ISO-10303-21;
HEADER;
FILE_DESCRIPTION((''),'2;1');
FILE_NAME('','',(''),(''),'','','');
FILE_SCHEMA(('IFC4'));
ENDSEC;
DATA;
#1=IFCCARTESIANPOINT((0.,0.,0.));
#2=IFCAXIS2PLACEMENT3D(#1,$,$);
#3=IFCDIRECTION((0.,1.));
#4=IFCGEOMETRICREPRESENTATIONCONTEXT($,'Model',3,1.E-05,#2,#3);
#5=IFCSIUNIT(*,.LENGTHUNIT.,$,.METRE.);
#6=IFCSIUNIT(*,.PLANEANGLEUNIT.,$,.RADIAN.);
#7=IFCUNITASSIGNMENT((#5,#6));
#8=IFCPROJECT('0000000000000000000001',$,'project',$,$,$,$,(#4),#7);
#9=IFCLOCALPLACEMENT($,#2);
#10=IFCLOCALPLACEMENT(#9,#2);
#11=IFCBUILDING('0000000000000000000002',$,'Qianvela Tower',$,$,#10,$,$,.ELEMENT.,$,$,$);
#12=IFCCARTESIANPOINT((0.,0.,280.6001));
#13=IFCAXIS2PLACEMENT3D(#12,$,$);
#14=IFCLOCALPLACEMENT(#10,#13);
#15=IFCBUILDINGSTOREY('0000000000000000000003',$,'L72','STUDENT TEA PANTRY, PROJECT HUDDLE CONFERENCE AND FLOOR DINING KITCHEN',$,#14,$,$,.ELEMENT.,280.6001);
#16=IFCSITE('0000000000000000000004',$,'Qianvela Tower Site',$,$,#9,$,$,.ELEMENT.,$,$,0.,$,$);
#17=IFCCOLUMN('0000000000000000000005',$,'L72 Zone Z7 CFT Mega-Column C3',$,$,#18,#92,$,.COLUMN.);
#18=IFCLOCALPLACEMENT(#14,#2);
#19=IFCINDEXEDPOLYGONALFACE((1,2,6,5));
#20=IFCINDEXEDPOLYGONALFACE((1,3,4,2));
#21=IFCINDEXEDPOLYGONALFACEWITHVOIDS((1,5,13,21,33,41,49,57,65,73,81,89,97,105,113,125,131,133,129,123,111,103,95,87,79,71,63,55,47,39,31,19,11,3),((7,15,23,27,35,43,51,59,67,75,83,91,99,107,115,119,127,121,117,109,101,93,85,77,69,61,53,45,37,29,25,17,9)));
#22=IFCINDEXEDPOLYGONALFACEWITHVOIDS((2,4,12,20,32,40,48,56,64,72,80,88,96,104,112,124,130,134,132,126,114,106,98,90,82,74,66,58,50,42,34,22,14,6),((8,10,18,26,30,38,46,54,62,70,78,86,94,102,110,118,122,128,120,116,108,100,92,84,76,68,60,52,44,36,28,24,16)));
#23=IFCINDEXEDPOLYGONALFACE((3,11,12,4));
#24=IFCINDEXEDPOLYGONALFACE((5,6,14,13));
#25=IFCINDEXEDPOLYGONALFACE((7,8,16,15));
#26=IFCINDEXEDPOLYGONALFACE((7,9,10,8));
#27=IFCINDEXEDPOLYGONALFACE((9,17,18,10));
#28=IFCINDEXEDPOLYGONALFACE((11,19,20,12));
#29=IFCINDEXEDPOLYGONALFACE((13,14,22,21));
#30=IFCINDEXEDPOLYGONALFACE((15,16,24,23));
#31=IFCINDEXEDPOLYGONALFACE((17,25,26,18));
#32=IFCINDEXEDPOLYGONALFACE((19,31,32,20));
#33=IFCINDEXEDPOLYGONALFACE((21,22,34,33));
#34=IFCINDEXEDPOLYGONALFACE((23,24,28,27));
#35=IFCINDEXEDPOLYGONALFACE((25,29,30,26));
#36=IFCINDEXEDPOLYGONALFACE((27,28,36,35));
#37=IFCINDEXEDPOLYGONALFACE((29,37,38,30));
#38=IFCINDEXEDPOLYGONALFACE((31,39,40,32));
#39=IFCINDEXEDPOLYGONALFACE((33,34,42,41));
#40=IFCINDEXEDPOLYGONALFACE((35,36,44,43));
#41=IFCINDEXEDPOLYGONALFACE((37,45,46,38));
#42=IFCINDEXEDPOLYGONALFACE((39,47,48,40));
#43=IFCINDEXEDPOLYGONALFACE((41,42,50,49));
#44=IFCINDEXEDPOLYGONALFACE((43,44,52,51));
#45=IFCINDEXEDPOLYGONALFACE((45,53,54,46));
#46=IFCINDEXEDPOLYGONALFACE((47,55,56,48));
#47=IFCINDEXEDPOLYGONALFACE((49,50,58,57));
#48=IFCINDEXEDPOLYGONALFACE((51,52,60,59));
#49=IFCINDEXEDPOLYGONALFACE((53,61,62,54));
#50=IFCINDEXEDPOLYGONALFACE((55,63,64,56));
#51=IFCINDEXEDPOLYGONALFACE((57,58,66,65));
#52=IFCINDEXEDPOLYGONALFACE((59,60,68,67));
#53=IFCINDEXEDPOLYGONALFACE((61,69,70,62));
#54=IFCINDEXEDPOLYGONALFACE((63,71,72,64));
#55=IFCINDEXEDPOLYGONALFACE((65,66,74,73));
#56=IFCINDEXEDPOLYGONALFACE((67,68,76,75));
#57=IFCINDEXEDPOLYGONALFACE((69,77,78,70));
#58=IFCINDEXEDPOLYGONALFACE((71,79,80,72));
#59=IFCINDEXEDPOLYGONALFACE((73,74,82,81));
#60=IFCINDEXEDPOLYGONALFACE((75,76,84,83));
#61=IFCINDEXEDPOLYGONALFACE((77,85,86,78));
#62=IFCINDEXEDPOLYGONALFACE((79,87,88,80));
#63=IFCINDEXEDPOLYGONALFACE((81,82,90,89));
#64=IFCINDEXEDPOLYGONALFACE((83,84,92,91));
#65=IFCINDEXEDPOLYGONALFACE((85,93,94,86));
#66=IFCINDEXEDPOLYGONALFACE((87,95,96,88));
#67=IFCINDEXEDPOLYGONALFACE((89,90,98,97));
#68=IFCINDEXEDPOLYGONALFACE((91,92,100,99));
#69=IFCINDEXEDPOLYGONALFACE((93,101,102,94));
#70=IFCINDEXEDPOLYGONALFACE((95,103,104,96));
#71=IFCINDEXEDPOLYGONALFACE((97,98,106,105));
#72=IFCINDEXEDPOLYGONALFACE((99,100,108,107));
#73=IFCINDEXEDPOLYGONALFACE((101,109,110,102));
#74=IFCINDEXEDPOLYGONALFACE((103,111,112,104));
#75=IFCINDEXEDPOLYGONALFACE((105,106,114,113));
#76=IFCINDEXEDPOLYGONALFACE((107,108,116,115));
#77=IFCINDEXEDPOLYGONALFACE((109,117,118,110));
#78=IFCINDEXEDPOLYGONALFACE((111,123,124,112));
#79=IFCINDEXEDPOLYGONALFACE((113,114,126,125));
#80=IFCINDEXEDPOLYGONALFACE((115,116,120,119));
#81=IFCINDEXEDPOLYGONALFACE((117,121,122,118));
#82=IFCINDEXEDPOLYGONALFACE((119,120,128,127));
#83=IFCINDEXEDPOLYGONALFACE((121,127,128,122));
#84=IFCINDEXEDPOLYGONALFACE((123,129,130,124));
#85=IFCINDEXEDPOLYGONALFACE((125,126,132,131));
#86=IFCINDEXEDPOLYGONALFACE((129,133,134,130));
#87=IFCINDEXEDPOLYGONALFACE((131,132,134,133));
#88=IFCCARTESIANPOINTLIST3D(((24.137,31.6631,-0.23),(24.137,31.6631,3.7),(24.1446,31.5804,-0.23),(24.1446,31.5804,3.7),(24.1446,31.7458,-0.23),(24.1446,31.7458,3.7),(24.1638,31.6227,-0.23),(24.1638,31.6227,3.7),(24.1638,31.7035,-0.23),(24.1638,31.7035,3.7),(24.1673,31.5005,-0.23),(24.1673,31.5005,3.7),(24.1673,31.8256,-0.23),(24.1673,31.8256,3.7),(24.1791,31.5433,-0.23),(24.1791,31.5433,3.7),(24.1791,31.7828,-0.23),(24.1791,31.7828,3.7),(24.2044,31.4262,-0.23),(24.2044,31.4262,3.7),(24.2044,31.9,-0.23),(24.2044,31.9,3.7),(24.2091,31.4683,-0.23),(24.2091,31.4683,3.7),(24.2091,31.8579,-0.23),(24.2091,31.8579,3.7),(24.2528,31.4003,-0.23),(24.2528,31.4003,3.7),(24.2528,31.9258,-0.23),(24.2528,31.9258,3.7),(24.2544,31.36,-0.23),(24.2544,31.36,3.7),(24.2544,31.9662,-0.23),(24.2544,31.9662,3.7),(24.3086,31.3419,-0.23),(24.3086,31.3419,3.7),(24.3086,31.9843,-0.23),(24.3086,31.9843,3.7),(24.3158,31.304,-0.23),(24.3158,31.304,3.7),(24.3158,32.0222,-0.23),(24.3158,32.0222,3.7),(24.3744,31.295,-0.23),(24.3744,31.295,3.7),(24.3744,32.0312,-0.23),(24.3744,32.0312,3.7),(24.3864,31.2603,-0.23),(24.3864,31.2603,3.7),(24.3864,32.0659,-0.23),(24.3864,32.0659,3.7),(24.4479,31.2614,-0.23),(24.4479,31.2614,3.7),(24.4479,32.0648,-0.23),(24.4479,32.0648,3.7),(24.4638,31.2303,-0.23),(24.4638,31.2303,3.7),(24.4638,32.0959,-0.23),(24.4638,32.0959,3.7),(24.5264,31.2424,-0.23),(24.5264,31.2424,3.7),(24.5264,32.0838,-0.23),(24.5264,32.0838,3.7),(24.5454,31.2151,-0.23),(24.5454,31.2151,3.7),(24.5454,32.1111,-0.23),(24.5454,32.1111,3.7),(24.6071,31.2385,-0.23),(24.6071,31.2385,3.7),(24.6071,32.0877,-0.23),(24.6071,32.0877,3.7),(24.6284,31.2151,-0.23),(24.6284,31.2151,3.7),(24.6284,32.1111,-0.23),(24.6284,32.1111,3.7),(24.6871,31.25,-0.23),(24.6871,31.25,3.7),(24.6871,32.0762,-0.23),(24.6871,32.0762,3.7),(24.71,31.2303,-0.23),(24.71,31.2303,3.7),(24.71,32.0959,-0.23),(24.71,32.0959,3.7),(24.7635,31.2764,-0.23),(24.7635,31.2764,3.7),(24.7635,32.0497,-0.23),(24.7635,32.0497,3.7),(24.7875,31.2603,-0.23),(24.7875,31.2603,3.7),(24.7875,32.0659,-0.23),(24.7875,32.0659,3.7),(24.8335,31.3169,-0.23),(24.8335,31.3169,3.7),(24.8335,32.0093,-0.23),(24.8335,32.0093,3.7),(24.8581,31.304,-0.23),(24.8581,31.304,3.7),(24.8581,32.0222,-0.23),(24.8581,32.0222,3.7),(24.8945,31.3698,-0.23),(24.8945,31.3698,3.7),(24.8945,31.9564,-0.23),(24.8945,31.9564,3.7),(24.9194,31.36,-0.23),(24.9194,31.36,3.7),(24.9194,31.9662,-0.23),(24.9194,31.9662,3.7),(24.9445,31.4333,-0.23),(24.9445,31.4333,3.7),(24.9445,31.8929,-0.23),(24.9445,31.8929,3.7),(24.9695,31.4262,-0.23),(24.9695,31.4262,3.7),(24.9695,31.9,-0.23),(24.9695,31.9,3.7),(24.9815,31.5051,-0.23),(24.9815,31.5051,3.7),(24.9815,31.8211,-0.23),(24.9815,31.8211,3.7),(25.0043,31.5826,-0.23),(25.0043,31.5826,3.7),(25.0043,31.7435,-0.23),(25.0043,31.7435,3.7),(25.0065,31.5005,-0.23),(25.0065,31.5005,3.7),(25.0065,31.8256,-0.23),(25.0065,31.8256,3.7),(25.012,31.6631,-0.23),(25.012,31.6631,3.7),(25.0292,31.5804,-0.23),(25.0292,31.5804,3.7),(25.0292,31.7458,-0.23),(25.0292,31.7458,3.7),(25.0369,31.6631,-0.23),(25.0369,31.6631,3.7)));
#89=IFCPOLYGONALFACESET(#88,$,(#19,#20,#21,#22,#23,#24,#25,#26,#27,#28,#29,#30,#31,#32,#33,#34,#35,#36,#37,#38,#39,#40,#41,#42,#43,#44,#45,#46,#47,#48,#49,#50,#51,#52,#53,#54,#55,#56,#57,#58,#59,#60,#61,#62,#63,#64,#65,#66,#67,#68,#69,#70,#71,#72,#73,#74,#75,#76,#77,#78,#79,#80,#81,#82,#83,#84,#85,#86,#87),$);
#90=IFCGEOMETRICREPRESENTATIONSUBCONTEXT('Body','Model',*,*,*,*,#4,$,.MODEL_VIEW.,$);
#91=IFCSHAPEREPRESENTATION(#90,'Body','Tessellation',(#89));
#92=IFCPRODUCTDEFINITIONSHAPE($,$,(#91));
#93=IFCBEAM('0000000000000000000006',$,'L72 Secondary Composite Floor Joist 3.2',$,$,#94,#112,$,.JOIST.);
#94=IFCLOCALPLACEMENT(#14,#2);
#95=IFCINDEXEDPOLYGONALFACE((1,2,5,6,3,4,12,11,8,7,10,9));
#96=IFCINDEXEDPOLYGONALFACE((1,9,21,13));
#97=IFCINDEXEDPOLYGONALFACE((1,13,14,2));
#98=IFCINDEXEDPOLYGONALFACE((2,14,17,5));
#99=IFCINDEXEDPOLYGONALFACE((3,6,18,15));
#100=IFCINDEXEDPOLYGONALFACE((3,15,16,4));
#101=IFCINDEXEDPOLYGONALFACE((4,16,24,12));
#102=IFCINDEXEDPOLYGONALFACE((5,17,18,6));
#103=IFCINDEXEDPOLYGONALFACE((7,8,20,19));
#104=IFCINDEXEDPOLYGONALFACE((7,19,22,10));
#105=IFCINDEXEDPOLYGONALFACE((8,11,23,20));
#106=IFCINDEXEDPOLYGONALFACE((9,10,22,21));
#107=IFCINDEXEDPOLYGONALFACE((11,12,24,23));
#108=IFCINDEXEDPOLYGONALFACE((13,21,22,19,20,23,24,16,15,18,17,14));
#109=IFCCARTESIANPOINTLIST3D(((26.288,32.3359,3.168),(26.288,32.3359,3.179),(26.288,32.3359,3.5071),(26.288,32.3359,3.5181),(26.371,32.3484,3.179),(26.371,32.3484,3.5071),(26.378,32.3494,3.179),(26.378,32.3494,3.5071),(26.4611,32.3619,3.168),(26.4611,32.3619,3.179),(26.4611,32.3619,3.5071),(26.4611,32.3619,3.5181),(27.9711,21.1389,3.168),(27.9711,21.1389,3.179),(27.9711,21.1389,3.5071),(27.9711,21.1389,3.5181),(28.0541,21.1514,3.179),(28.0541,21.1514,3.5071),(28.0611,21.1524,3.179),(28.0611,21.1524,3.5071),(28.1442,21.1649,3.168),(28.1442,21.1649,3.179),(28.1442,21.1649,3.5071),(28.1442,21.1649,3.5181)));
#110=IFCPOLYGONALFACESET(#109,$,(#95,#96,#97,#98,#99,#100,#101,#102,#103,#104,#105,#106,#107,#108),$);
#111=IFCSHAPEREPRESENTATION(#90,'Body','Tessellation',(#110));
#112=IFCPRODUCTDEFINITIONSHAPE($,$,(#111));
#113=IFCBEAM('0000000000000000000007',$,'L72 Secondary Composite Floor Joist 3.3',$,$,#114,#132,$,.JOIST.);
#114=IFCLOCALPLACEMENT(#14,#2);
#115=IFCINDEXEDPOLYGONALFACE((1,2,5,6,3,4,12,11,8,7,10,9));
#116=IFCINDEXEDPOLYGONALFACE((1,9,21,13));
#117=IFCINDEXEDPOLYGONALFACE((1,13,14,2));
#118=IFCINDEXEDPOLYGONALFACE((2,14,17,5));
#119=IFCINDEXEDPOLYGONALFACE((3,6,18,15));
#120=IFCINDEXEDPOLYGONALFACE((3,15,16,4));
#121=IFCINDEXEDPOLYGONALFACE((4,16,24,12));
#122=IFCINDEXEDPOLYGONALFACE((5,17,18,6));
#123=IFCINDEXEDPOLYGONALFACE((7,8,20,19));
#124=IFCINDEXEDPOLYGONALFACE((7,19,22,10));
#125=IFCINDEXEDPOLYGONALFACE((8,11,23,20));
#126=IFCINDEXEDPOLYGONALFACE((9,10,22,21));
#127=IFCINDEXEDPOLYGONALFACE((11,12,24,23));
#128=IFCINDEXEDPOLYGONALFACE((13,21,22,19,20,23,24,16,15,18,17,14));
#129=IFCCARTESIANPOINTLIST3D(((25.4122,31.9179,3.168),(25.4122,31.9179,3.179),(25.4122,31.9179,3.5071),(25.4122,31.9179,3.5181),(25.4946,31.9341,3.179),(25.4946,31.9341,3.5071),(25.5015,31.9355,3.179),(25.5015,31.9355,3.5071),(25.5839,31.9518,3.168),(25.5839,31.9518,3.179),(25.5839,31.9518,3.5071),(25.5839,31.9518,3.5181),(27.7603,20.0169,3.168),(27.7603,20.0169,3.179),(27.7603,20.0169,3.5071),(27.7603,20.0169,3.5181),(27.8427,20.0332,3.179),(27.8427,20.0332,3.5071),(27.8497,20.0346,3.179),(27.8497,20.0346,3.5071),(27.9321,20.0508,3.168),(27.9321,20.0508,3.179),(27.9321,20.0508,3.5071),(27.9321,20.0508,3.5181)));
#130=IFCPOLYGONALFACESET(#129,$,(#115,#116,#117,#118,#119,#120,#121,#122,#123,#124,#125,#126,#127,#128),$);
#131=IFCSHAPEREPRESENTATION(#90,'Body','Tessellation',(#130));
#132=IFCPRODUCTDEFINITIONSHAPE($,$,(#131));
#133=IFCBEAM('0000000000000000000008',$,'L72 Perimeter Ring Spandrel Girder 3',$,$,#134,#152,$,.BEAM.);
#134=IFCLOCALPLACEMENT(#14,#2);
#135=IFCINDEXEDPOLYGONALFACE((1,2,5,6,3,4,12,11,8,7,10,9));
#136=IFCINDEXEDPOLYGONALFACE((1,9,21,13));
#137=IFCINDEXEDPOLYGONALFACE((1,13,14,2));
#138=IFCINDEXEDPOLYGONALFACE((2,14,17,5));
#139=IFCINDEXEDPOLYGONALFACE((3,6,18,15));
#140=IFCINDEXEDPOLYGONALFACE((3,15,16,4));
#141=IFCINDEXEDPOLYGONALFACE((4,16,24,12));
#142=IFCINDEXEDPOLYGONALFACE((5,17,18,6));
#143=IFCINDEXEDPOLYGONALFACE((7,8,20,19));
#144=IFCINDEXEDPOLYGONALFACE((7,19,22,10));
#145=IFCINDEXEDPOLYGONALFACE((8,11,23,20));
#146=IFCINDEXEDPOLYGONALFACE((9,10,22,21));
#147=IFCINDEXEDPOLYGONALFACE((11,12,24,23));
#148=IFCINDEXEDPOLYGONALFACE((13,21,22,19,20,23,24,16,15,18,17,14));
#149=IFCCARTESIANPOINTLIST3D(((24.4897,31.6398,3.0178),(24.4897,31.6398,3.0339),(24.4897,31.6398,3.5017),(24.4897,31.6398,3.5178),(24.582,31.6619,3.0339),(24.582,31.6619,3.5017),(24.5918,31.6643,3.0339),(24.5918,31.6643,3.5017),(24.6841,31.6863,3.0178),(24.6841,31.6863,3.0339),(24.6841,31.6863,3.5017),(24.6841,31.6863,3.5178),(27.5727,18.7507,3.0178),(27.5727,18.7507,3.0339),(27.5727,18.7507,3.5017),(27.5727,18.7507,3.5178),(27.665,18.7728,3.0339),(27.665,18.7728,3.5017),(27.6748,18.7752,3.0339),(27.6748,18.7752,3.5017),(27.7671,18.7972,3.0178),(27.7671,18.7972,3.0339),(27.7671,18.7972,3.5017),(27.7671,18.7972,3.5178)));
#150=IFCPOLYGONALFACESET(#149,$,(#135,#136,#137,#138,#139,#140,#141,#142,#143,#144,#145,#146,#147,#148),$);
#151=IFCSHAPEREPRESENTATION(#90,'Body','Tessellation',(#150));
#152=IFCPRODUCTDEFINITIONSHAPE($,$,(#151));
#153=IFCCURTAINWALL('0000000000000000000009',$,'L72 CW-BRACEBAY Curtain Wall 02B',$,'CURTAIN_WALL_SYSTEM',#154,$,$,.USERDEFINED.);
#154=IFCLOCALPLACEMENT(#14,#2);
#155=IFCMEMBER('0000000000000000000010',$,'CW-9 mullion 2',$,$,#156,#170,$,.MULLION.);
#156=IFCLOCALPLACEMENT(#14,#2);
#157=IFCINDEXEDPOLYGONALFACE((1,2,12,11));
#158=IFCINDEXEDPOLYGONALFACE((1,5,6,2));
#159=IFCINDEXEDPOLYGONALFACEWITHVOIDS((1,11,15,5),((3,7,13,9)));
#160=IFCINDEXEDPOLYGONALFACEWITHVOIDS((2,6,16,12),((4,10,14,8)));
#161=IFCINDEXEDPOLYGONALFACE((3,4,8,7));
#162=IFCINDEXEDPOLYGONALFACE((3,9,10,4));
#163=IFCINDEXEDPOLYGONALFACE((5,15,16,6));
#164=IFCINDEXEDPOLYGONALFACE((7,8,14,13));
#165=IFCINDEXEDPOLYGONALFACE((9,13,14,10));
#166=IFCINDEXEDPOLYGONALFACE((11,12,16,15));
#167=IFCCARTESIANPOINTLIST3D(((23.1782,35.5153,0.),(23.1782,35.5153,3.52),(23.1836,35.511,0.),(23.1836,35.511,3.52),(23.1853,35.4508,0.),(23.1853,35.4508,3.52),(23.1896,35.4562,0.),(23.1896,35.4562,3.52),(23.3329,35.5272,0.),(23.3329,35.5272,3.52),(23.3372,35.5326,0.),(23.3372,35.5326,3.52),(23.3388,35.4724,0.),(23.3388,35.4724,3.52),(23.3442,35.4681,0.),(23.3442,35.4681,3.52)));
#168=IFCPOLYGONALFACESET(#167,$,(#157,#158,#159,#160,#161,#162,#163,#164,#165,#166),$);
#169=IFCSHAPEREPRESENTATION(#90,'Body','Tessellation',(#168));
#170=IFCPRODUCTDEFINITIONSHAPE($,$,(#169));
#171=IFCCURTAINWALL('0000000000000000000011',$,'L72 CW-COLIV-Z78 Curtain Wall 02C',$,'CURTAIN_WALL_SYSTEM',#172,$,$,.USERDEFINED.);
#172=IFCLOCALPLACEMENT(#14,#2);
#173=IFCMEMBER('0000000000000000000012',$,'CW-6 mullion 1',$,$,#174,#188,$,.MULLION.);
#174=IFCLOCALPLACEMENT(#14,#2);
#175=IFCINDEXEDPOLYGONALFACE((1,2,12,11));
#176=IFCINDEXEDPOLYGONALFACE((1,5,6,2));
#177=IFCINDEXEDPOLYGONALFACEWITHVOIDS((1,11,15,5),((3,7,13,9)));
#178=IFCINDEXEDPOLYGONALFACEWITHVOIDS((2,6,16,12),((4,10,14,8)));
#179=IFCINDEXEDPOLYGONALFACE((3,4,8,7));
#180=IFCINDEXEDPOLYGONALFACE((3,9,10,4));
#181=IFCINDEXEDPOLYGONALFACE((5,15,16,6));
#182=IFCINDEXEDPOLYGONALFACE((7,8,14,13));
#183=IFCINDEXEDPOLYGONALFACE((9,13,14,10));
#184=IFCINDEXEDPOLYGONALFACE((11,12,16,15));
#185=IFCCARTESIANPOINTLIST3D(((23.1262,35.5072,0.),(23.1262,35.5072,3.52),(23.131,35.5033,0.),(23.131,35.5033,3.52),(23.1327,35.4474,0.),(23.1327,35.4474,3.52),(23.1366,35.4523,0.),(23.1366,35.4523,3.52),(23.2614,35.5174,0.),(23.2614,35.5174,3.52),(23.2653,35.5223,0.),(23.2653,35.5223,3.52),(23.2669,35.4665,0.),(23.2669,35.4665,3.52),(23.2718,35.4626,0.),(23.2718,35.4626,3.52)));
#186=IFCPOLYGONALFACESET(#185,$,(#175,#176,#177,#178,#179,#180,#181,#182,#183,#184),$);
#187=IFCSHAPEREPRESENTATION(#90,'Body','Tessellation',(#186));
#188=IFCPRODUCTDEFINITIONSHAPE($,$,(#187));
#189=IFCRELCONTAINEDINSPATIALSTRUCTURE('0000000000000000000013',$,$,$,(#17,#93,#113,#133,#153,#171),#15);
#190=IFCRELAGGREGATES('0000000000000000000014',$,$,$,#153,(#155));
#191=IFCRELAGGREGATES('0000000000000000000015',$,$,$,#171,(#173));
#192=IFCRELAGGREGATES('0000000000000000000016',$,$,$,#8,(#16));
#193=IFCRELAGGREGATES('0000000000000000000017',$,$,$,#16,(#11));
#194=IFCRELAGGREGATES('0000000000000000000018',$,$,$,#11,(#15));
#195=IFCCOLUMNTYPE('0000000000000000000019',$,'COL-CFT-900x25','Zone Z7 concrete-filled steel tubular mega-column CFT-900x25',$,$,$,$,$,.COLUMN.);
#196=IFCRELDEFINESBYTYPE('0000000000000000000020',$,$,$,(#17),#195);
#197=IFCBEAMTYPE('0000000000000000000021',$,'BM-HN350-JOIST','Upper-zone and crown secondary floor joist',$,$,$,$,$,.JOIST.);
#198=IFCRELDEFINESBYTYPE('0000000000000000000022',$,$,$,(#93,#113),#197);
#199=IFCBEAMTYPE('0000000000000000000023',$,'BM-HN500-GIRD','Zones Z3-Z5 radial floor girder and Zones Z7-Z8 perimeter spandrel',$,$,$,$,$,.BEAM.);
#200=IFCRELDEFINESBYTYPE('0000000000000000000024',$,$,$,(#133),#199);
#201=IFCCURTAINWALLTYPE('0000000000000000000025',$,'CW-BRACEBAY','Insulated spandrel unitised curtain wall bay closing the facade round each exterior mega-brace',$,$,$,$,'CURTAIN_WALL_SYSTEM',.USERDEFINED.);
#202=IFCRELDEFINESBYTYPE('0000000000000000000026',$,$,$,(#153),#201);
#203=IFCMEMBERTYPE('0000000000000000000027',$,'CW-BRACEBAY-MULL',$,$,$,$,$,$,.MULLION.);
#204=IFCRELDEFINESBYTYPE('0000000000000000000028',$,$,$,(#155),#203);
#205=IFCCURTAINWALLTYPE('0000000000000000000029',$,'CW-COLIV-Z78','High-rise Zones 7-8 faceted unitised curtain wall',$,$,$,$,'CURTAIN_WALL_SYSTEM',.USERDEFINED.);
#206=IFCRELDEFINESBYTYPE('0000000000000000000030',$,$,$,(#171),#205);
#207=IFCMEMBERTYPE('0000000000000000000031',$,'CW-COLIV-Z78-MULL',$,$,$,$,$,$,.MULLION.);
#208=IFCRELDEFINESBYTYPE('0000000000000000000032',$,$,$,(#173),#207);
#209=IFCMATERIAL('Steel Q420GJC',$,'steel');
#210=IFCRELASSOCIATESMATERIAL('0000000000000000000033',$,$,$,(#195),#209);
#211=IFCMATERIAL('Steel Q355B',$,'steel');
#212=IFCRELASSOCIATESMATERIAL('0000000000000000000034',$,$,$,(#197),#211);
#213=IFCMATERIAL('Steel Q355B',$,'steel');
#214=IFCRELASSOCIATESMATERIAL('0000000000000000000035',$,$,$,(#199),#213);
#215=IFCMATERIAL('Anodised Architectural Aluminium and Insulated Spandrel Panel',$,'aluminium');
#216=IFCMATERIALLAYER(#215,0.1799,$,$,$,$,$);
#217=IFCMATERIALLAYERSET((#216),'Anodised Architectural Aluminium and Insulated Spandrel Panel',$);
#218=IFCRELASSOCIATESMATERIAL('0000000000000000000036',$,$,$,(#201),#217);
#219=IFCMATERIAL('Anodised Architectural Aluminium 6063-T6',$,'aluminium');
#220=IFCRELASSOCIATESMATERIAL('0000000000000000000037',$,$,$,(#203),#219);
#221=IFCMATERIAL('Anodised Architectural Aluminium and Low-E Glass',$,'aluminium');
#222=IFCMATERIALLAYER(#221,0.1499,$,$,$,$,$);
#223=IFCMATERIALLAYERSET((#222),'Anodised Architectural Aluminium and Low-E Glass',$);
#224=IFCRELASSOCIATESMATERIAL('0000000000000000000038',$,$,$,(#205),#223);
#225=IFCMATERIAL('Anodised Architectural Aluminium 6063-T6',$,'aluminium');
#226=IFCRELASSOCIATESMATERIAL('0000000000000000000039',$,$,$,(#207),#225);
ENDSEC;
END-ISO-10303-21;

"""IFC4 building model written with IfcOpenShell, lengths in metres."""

from ifc_helpers import new_model, si_unit, direction, frame, origin, origin_2d, place, context, subcontext, project, spatial, hollow_rectangle, hollow_circle, i_section, extrude, material, layer, layer_set, material_profile, profile_set, type_object, element, aggregate, save


model = new_model("IFC4")

# Units and contexts
model_context = context("Model", 3, precision=1e-05, world=origin(), true_north=direction((0.0, 1.0)))
body_context = subcontext(model_context, "Body", "Model", "MODEL_VIEW")
ifc_project = project(units=[si_unit("LENGTHUNIT", "METRE"), si_unit("PLANEANGLEUNIT", "RADIAN")], contexts=[model_context])

# Site, building, storey
site_placement = place(None, origin())
site = spatial("IfcSite", under=ifc_project, at=site_placement, Name="Qianvela Tower Site", CompositionType="ELEMENT", RefElevation=0.0)
building_placement = place(site_placement, origin())
building = spatial("IfcBuilding", under=site, at=building_placement, Name="Qianvela Tower", CompositionType="ELEMENT")
storey_placement = place(building_placement, frame((0.0, 0.0, 280.6001)))
storey = spatial("IfcBuildingStorey", under=building, at=storey_placement, Name="L72", Description="STUDENT TEA PANTRY, PROJECT HUDDLE CONFERENCE AND FLOOR DINING KITCHEN", CompositionType="ELEMENT", Elevation=280.6001)

# Column
ifc_material_1 = material(Name="Steel Q420GJC", Category="steel")
ifc_material_profile_1 = material_profile(ifc_material_1, hollow_circle(Radius=0.45, WallThickness=0.0249, at=origin_2d()), Name="CFT-900x25")
ifc_profile_set_1 = profile_set([ifc_material_profile_1], Name="Steel Q420GJC")
column_type = type_object("IfcColumnType", Name="COL-CFT-900x25", Description="Zone Z7 concrete-filled steel tubular mega-column CFT-900x25", PredefinedType="COLUMN", material=ifc_profile_set_1)
column_placement = place(storey_placement, frame((24.5869, 31.6631, -0.23), z_axis=(0.0, 0.0, 1.0), x_axis=(1.0, 0.0, 0.0)))
element("IfcColumn", 1, at=column_placement, inside=storey, type_object=column_type, Name="L72 Zone Z7 CFT Mega-Column C3", PredefinedType="COLUMN", context=body_context, shape_type="SweptSolid", body=[
    extrude(hollow_circle(Radius=0.45, WallThickness=0.0249, at=origin_2d()), origin(), (0.0, 0.0, 1.0), 3.9299),
])

# Beams
ifc_material_2 = material(Name="Steel Q355B", Category="steel")
ifc_material_profile_2 = material_profile(ifc_material_2, i_section(OverallWidth=0.175, OverallDepth=0.3501, WebThickness=0.0071, FlangeThickness=0.011, at=origin_2d()), Name="HN350x175x7x11")
ifc_profile_set_2 = profile_set([ifc_material_profile_2], Name="Steel Q355B")
beam_type_1 = type_object("IfcBeamType", Name="BM-HN350-JOIST", Description="Upper-zone and crown secondary floor joist", PredefinedType="JOIST", material=ifc_profile_set_2)
beam_1_placement = place(storey_placement, frame((26.3745, 32.3489, 3.343), z_axis=(0.148647, -0.98889, 0.0), x_axis=(0.98889, 0.148647, 0.0)))
element("IfcBeam", 2, at=beam_1_placement, inside=storey, type_object=beam_type_1, Name="L72 Secondary Composite Floor Joist 3.2", PredefinedType="JOIST", context=body_context, shape_type="SweptSolid", body=[
    extrude(i_section(OverallWidth=0.175, OverallDepth=0.3501, WebThickness=0.0071, FlangeThickness=0.011, at=origin_2d()), origin(), (0.0, 0.0, 1.0), 11.3228),
])
beam_2_placement = place(storey_placement, frame((25.498, 31.9348, 3.343), z_axis=(0.193576, -0.981085, 0.0), x_axis=(0.981085, 0.193576, 0.0)))
element("IfcBeam", 3, at=beam_2_placement, inside=storey, type_object=beam_type_1, Name="L72 Secondary Composite Floor Joist 3.3", PredefinedType="JOIST", context=body_context, shape_type="SweptSolid", body=[
    extrude(i_section(OverallWidth=0.175, OverallDepth=0.3501, WebThickness=0.0071, FlangeThickness=0.011, at=origin_2d()), origin(), (0.0, 0.0, 1.0), 12.1304),
])
ifc_material_3 = material(Name="Steel Q355B", Category="steel")
ifc_material_profile_3 = material_profile(ifc_material_3, i_section(OverallWidth=0.2, OverallDepth=0.5, WebThickness=0.01, FlangeThickness=0.0161, at=origin_2d()), Name="HN500x200x10x16")
ifc_profile_set_3 = profile_set([ifc_material_profile_3], Name="Steel Q355B")
beam_type_2 = type_object("IfcBeamType", Name="BM-HN500-GIRD", Description="Zones Z3-Z5 radial floor girder and Zones Z7-Z8 perimeter spandrel", PredefinedType="BEAM", material=ifc_profile_set_3)
beam_3_placement = place(storey_placement, frame((24.5869, 31.6631, 3.2678), z_axis=(0.232632, -0.972565, 0.0), x_axis=(0.972565, 0.232632, 0.0)))
element("IfcBeam", 4, at=beam_3_placement, inside=storey, type_object=beam_type_2, Name="L72 Perimeter Ring Spandrel Girder 3", PredefinedType="BEAM", context=body_context, shape_type="SweptSolid", body=[
    extrude(i_section(OverallWidth=0.2, OverallDepth=0.5, WebThickness=0.01, FlangeThickness=0.0161, at=origin_2d()), origin(), (0.0, 0.0, 1.0), 13.2527),
])

# Curtain wall, member
ifc_material_4 = material(Name="Anodised Architectural Aluminium and Insulated Spandrel Panel", Category="aluminium")
ifc_layer_1 = layer(ifc_material_4, 0.1799)
ifc_layer_set_1 = layer_set([ifc_layer_1], Name="Anodised Architectural Aluminium and Insulated Spandrel Panel")
curtain_wall_type_1 = type_object("IfcCurtainWallType", Name="CW-BRACEBAY", Description="Insulated spandrel unitised curtain wall bay closing the facade round each exterior mega-brace", ElementType="CURTAIN_WALL_SYSTEM", PredefinedType="USERDEFINED", material=ifc_layer_set_1)
curtain_wall_1_placement = place(storey_placement, origin())
curtain_wall_1 = element("IfcCurtainWall", 5, at=curtain_wall_1_placement, inside=storey, type_object=curtain_wall_type_1, Name="L72 CW-BRACEBAY Curtain Wall 02B", ObjectType="CURTAIN_WALL_SYSTEM", PredefinedType="USERDEFINED")
ifc_material_5 = material(Name="Anodised Architectural Aluminium 6063-T6", Category="aluminium")
ifc_material_profile_4 = material_profile(ifc_material_5, hollow_rectangle(XDim=0.0649, YDim=0.1599, WallThickness=0.0049, at=origin_2d()), Name="ALU-MULL-65x160")
ifc_profile_set_4 = profile_set([ifc_material_profile_4], Name="Anodised Architectural Aluminium 6063-T6")
member_type_1 = type_object("IfcMemberType", Name="CW-BRACEBAY-MULL", PredefinedType="MULLION", material=ifc_profile_set_4)
member_1_placement = place(storey_placement, frame((23.2612, 35.4917, 0.0), z_axis=(0.0, 0.0, 1.0), x_axis=(0.108126, -0.994137, 0.0)))
member_1 = element("IfcMember", 6, at=member_1_placement, type_object=member_type_1, Name="CW-9 mullion 2", PredefinedType="MULLION", context=body_context, shape_type="SweptSolid", body=[
    extrude(hollow_rectangle(XDim=0.0649, YDim=0.1599, WallThickness=0.0049, at=origin_2d()), origin(), (0.0, 0.0, 1.0), 3.52),
])

# Curtain wall, member
ifc_material_6 = material(Name="Anodised Architectural Aluminium and Low-E Glass", Category="aluminium")
ifc_layer_2 = layer(ifc_material_6, 0.1499)
ifc_layer_set_2 = layer_set([ifc_layer_2], Name="Anodised Architectural Aluminium and Low-E Glass")
curtain_wall_type_2 = type_object("IfcCurtainWallType", Name="CW-COLIV-Z78", Description="High-rise Zones 7-8 faceted unitised curtain wall", ElementType="CURTAIN_WALL_SYSTEM", PredefinedType="USERDEFINED", material=ifc_layer_set_2)
curtain_wall_2_placement = place(storey_placement, origin())
curtain_wall_2 = element("IfcCurtainWall", 7, at=curtain_wall_2_placement, inside=storey, type_object=curtain_wall_type_2, Name="L72 CW-COLIV-Z78 Curtain Wall 02C", ObjectType="CURTAIN_WALL_SYSTEM", PredefinedType="USERDEFINED")
ifc_material_7 = material(Name="Anodised Architectural Aluminium 6063-T6", Category="aluminium")
ifc_material_profile_5 = material_profile(ifc_material_7, hollow_rectangle(XDim=0.0601, YDim=0.1399, WallThickness=0.0044, at=origin_2d()), Name="ALU-MULL-60x140")
ifc_profile_set_5 = profile_set([ifc_material_profile_5], Name="Anodised Architectural Aluminium 6063-T6")
member_type_2 = type_object("IfcMemberType", Name="CW-COLIV-Z78-MULL", PredefinedType="MULLION", material=ifc_profile_set_5)
member_2_placement = place(storey_placement, frame((23.199, 35.4849, 0.0), z_axis=(0.0, 0.0, 1.0), x_axis=(0.10812, -0.994138, 0.0)))
member_2 = element("IfcMember", 8, at=member_2_placement, type_object=member_type_2, Name="CW-6 mullion 1", PredefinedType="MULLION", context=body_context, shape_type="SweptSolid", body=[
    extrude(hollow_rectangle(XDim=0.0601, YDim=0.1399, WallThickness=0.0044, at=origin_2d()), origin(), (0.0, 0.0, 1.0), 3.52),
])

aggregate(curtain_wall_1, [member_1])
aggregate(curtain_wall_2, [member_2])

save(model, "model.ifc")
